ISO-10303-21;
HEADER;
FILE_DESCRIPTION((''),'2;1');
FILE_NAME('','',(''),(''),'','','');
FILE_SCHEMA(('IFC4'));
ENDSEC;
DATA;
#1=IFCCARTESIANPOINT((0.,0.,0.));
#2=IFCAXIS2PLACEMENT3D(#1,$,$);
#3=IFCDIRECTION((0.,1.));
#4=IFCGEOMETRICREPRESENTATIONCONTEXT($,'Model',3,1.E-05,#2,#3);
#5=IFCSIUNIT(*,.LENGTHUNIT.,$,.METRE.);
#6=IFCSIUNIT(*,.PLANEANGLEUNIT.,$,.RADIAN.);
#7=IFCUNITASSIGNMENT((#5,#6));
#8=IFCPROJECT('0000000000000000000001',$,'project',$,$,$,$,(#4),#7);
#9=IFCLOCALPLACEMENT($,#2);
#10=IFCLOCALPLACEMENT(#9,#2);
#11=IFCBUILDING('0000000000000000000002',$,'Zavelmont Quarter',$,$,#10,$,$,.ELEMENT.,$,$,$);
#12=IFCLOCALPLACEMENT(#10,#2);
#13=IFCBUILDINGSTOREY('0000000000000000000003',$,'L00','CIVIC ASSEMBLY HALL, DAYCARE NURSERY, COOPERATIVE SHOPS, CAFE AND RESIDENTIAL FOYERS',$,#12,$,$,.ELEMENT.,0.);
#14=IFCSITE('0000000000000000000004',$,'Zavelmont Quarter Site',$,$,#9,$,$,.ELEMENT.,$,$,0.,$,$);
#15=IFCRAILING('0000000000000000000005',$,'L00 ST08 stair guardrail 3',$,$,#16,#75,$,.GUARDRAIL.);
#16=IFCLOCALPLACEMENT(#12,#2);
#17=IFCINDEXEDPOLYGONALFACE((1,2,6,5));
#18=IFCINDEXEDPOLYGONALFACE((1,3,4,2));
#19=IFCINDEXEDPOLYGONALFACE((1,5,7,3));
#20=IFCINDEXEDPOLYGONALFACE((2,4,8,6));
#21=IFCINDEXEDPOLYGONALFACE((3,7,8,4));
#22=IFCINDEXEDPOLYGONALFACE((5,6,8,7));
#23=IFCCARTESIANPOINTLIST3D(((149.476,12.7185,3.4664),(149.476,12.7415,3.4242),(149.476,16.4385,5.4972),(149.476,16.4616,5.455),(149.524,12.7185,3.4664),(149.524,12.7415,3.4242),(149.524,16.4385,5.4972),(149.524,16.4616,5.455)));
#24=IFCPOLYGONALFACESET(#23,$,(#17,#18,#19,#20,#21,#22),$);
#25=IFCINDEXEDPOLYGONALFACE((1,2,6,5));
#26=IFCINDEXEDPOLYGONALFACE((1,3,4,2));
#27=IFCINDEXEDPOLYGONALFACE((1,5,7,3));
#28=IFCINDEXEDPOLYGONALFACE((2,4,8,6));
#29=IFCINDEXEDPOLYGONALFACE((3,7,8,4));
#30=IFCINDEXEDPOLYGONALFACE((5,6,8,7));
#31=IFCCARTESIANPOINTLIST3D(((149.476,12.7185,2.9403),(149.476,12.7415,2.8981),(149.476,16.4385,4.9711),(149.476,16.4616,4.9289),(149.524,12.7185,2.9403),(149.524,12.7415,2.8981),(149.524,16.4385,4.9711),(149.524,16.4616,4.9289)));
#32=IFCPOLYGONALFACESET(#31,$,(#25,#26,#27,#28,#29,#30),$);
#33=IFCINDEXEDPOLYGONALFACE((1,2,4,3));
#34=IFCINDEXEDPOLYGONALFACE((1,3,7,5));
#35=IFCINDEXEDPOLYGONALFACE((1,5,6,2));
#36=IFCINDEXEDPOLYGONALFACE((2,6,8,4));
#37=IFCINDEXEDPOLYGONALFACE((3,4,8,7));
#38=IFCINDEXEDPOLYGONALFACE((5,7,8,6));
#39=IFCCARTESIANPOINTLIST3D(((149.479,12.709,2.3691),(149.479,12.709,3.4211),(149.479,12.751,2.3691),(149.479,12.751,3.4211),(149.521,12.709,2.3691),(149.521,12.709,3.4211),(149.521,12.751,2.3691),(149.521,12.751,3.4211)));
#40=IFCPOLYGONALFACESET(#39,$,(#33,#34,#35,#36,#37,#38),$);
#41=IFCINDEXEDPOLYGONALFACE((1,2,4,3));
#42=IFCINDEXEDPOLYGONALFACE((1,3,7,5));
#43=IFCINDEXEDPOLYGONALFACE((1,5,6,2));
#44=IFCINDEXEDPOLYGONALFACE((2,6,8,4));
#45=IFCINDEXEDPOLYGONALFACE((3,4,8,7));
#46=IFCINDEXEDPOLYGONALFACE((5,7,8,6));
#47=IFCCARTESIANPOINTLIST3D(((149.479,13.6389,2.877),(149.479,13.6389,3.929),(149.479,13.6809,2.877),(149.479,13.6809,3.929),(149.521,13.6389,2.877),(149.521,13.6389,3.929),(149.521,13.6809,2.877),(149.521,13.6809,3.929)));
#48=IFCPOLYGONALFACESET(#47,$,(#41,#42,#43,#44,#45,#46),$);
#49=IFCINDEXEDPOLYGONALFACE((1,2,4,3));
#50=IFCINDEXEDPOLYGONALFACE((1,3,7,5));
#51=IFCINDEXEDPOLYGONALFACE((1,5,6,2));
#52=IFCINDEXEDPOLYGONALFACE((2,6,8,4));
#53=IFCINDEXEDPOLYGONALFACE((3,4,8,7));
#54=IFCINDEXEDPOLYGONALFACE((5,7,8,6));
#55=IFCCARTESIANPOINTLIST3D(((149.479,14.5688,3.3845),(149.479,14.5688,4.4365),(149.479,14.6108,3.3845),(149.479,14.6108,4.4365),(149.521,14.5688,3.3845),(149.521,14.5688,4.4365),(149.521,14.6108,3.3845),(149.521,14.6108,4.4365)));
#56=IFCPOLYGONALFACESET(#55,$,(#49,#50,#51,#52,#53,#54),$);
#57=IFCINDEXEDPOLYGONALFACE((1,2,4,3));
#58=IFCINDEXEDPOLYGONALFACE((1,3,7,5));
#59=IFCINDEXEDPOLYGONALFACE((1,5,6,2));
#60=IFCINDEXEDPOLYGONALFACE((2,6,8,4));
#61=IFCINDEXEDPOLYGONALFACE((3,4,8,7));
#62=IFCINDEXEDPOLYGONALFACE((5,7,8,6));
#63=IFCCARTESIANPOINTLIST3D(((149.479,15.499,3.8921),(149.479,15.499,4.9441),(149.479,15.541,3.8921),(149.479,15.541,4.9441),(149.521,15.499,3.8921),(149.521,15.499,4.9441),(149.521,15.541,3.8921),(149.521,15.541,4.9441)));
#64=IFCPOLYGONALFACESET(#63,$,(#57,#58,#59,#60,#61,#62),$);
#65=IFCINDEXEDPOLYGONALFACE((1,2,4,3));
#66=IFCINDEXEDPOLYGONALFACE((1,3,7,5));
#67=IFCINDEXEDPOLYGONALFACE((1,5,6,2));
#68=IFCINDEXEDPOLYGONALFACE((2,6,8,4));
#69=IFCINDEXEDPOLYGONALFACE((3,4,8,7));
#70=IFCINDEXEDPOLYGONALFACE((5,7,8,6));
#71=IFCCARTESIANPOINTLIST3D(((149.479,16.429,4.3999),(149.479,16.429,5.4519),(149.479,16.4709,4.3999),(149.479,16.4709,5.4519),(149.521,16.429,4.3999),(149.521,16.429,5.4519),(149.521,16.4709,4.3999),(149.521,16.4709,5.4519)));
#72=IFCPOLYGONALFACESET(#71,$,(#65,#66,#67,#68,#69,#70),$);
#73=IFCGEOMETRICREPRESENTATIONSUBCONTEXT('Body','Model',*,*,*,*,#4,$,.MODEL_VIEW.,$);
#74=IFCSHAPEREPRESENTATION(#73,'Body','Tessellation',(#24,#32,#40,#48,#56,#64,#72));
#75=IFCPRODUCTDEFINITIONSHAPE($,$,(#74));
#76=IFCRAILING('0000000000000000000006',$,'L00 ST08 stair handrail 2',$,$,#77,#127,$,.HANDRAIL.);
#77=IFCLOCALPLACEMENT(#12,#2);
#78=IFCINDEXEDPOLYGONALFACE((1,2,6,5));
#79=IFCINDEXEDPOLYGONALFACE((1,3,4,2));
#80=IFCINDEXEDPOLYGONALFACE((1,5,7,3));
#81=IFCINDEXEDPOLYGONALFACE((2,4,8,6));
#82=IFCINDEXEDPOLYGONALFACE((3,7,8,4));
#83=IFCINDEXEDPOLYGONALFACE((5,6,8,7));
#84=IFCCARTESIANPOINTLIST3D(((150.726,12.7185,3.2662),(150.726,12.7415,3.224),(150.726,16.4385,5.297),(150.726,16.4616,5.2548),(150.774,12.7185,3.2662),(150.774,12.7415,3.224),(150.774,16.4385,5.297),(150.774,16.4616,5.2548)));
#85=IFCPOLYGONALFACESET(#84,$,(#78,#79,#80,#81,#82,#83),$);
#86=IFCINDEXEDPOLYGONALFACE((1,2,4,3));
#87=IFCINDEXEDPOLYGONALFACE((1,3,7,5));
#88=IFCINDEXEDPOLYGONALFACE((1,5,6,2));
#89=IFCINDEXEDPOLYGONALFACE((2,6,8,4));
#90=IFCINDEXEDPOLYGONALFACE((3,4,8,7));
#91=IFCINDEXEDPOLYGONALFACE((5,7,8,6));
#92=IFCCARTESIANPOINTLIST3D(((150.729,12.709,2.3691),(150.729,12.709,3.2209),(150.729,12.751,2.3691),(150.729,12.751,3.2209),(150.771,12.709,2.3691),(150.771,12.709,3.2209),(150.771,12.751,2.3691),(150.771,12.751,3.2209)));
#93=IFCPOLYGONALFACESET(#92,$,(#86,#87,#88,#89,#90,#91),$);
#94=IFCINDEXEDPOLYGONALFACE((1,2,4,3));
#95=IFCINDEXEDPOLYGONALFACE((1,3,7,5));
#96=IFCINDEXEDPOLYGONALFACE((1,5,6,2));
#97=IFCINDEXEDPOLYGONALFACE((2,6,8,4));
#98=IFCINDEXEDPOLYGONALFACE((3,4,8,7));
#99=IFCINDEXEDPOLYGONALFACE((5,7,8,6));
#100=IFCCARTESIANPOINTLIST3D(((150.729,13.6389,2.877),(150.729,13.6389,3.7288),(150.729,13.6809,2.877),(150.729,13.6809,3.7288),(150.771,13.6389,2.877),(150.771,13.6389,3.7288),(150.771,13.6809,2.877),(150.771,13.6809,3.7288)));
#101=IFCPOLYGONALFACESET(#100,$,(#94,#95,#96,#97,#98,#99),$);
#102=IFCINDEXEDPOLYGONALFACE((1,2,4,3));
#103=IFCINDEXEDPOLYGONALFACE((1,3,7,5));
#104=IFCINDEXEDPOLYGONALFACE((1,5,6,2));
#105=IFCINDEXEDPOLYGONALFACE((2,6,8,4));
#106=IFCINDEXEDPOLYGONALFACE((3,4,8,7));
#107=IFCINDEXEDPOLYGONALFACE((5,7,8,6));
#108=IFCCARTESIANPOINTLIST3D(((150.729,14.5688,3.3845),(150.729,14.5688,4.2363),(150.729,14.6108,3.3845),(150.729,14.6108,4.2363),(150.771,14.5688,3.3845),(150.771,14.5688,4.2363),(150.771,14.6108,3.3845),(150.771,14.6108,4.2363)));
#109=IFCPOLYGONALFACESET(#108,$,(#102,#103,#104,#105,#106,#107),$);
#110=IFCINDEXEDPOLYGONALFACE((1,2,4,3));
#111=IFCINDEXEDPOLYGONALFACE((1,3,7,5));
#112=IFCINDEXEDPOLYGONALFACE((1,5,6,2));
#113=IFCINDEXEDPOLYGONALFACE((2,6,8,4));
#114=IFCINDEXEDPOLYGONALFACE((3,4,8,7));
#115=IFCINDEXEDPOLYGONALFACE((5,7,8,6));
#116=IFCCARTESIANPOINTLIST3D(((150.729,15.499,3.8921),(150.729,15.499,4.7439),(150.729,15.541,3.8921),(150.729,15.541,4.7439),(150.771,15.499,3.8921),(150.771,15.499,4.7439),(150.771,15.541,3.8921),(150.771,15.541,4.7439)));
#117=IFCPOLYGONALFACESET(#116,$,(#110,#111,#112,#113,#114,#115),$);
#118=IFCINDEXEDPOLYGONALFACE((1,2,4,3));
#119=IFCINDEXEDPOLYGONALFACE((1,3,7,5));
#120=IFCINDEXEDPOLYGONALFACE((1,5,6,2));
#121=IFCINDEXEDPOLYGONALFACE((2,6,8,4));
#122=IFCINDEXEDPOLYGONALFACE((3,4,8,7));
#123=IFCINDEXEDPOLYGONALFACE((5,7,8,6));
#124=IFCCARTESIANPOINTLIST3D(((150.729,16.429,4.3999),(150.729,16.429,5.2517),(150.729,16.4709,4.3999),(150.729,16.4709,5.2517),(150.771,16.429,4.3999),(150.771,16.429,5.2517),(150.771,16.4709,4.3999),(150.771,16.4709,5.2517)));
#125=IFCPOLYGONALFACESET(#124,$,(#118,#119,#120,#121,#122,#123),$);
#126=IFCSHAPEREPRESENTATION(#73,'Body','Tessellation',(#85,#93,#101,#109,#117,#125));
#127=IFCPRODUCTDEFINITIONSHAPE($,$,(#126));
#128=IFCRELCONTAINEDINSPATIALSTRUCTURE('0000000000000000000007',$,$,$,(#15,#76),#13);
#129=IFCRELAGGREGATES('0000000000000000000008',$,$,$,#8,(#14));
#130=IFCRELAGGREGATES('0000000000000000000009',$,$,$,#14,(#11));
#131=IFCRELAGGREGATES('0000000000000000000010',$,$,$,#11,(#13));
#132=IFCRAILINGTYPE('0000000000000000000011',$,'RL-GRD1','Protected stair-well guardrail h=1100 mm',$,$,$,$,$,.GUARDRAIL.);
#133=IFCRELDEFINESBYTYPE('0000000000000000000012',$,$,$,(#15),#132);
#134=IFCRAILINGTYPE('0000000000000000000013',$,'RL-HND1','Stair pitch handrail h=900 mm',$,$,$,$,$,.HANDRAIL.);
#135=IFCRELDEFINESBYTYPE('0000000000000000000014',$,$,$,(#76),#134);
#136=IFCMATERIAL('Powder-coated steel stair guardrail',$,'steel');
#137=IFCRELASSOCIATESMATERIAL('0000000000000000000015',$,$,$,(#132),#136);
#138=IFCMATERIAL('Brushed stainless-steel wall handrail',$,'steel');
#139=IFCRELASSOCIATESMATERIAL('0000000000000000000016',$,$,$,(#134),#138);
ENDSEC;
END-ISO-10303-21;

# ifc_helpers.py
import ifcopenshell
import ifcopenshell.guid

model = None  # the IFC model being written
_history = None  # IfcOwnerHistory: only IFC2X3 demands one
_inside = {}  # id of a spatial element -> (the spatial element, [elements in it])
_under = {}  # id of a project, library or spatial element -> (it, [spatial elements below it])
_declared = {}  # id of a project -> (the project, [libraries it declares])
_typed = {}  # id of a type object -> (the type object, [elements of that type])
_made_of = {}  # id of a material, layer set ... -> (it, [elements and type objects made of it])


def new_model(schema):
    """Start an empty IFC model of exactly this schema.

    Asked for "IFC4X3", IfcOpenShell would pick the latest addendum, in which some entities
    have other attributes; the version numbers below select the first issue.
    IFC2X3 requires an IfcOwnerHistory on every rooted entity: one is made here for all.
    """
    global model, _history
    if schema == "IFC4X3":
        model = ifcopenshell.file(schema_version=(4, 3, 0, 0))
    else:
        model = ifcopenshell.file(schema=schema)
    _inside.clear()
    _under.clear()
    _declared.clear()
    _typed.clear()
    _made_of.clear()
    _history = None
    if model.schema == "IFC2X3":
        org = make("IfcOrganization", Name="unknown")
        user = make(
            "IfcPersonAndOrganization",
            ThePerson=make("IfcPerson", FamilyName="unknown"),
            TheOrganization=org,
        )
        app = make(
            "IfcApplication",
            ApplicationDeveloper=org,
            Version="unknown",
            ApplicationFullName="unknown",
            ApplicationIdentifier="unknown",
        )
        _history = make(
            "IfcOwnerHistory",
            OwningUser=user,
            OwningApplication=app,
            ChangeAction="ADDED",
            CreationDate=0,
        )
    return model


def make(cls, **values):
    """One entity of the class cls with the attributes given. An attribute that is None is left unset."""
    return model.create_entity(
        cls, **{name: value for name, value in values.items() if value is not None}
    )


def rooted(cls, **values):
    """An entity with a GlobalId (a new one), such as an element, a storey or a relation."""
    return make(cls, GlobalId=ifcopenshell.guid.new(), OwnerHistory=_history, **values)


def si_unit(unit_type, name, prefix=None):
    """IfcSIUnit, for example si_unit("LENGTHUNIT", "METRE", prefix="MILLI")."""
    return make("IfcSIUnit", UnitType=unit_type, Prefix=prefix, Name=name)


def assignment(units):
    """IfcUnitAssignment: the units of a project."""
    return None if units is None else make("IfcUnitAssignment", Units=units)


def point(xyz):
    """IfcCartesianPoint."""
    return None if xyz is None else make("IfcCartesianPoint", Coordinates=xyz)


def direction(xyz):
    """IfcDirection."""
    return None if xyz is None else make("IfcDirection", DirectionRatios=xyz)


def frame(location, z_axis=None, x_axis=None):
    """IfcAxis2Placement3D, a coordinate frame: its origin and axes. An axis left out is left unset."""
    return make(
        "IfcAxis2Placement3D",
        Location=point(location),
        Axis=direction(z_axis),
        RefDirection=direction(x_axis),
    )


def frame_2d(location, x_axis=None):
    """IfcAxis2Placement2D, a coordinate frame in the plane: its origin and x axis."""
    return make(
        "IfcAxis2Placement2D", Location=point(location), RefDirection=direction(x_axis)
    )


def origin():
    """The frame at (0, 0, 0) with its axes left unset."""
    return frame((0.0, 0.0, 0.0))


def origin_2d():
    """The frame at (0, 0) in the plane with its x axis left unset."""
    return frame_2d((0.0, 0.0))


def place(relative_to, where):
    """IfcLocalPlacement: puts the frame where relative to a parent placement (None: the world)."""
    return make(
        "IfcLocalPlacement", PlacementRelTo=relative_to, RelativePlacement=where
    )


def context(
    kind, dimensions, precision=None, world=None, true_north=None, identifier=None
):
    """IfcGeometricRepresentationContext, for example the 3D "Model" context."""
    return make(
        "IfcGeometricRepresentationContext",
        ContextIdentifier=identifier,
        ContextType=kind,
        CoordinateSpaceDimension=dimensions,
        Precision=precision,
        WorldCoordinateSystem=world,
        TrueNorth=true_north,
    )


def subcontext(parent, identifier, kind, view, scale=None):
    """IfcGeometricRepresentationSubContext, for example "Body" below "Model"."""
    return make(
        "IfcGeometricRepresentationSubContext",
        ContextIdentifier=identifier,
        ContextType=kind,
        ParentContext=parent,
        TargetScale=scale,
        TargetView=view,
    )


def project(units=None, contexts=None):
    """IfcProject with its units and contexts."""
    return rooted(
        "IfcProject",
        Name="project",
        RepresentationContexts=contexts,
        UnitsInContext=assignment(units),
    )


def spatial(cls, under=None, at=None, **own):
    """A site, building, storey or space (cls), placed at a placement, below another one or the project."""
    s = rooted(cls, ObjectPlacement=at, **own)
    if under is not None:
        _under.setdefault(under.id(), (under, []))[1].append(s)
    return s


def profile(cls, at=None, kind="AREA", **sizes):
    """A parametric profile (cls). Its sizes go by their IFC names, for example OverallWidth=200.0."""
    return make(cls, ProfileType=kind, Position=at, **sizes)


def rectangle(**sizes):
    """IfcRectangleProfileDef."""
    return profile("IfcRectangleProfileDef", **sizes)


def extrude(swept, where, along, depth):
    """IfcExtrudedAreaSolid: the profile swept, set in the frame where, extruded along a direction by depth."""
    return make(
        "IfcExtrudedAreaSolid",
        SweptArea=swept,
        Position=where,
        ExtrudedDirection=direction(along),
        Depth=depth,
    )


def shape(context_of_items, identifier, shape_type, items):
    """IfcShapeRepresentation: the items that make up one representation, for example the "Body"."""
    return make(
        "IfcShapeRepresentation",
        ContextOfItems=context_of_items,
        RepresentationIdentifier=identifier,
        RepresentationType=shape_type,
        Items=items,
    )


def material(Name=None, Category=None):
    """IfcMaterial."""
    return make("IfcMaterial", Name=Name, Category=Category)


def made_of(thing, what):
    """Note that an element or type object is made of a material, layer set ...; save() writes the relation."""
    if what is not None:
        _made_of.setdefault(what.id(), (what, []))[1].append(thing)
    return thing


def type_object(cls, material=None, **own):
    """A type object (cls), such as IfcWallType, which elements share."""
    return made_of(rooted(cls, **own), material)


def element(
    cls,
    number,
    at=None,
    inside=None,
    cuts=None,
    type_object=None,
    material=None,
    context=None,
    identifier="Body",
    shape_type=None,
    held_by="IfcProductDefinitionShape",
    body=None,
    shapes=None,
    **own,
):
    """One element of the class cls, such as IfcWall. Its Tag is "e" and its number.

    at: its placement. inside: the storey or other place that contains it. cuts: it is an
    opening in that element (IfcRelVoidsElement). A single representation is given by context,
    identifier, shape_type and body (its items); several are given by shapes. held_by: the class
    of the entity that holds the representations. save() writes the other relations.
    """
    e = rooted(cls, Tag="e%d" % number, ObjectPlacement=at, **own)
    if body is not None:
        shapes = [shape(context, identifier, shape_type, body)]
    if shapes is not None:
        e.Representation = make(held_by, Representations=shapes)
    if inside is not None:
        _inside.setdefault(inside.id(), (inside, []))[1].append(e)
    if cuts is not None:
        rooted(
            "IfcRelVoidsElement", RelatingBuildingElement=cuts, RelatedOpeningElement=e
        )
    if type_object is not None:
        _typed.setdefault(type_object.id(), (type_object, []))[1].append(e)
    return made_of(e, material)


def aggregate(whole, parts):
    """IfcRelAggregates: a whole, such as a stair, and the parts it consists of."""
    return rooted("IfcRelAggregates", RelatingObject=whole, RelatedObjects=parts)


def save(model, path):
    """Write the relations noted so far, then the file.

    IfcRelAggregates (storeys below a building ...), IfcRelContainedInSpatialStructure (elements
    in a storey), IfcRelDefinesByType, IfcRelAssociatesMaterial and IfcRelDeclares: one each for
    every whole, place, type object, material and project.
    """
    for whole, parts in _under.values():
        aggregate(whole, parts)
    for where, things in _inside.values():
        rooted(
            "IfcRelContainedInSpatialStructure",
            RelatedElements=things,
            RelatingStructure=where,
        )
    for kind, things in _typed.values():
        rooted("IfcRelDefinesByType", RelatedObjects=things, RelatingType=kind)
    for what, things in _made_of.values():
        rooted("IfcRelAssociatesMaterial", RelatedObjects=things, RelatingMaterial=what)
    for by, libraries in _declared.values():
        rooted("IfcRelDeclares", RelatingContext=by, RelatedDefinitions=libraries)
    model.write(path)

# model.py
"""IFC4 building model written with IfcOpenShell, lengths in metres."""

from ifc_helpers import new_model, si_unit, direction, frame, origin, origin_2d, place, context, subcontext, project, spatial, rectangle, extrude, material, type_object, element, save


model = new_model("IFC4")

# Units and contexts
model_context = context("Model", 3, precision=1e-05, world=origin(), true_north=direction((0.0, 1.0)))
body_context = subcontext(model_context, "Body", "Model", "MODEL_VIEW")
ifc_project = project(units=[si_unit("LENGTHUNIT", "METRE"), si_unit("PLANEANGLEUNIT", "RADIAN")], contexts=[model_context])

# Site, building, storey
site_placement = place(None, origin())
site = spatial("IfcSite", under=ifc_project, at=site_placement, Name="Zavelmont Quarter Site", CompositionType="ELEMENT", RefElevation=0.0)
building_placement = place(site_placement, origin())
building = spatial("IfcBuilding", under=site, at=building_placement, Name="Zavelmont Quarter", CompositionType="ELEMENT")
storey_placement = place(building_placement, origin())
storey = spatial("IfcBuildingStorey", under=building, at=storey_placement, Name="L00", Description="CIVIC ASSEMBLY HALL, DAYCARE NURSERY, COOPERATIVE SHOPS, CAFE AND RESIDENTIAL FOYERS", CompositionType="ELEMENT", Elevation=0.0)

# Railings
ifc_material_1 = material(Name="Powder-coated steel stair guardrail", Category="steel")
railing_type_1 = type_object("IfcRailingType", Name="RL-GRD1", Description="Protected stair-well guardrail h=1100 mm", PredefinedType="GUARDRAIL", material=ifc_material_1)
railing_1_placement = place(storey_placement, frame((149.5, 12.73, 2.3691)))
element("IfcRailing", 1, at=railing_1_placement, inside=storey, type_object=railing_type_1, Name="L00 ST08 stair guardrail 3", PredefinedType="GUARDRAIL", context=body_context, shape_type="SweptSolid", body=[
    extrude(rectangle(XDim=0.0481, YDim=0.0481, at=origin_2d()), frame((0.0, 0.0, 1.0762), z_axis=(0.0, 0.877728, 0.479159), x_axis=(-1.0, 0.0, 0.0)), (0.0, 0.0, 1.0), 4.2383),
    extrude(rectangle(XDim=0.0481, YDim=0.0481, at=origin_2d()), frame((0.0, 0.0, 0.55), z_axis=(0.0, 0.877728, 0.479159), x_axis=(-1.0, 0.0, 0.0)), (0.0, 0.0, 1.0), 4.2383),
    extrude(rectangle(XDim=0.042, YDim=0.042, at=origin_2d()), origin(), (0.0, 0.0, 1.0), 1.052),
    extrude(rectangle(XDim=0.042, YDim=0.042, at=origin_2d()), frame((0.0, 0.9299, 0.5078)), (0.0, 0.0, 1.0), 1.052),
    extrude(rectangle(XDim=0.042, YDim=0.042, at=origin_2d()), frame((0.0, 1.8599, 1.0154)), (0.0, 0.0, 1.0), 1.052),
    extrude(rectangle(XDim=0.042, YDim=0.042, at=origin_2d()), frame((0.0, 2.79, 1.5229)), (0.0, 0.0, 1.0), 1.052),
    extrude(rectangle(XDim=0.042, YDim=0.042, at=origin_2d()), frame((0.0, 3.72, 2.0308)), (0.0, 0.0, 1.0), 1.052),
])
ifc_material_2 = material(Name="Brushed stainless-steel wall handrail", Category="steel")
railing_type_2 = type_object("IfcRailingType", Name="RL-HND1", Description="Stair pitch handrail h=900 mm", PredefinedType="HANDRAIL", material=ifc_material_2)
railing_2_placement = place(storey_placement, frame((150.75, 12.73, 2.3691)))
element("IfcRailing", 2, at=railing_2_placement, inside=storey, type_object=railing_type_2, Name="L00 ST08 stair handrail 2", PredefinedType="HANDRAIL", context=body_context, shape_type="SweptSolid", body=[
    extrude(rectangle(XDim=0.0481, YDim=0.0481, at=origin_2d()), frame((0.0, 0.0, 0.876), z_axis=(0.0, 0.877728, 0.479159), x_axis=(-1.0, 0.0, 0.0)), (0.0, 0.0, 1.0), 4.2383),
    extrude(rectangle(XDim=0.042, YDim=0.042, at=origin_2d()), origin(), (0.0, 0.0, 1.0), 0.8518),
    extrude(rectangle(XDim=0.042, YDim=0.042, at=origin_2d()), frame((0.0, 0.9299, 0.5078)), (0.0, 0.0, 1.0), 0.8518),
    extrude(rectangle(XDim=0.042, YDim=0.042, at=origin_2d()), frame((0.0, 1.8599, 1.0154)), (0.0, 0.0, 1.0), 0.8518),
    extrude(rectangle(XDim=0.042, YDim=0.042, at=origin_2d()), frame((0.0, 2.79, 1.5229)), (0.0, 0.0, 1.0), 0.8518),
    extrude(rectangle(XDim=0.042, YDim=0.042, at=origin_2d()), frame((0.0, 3.72, 2.0308)), (0.0, 0.0, 1.0), 0.8518),
])

save(model, "model.ifc")
